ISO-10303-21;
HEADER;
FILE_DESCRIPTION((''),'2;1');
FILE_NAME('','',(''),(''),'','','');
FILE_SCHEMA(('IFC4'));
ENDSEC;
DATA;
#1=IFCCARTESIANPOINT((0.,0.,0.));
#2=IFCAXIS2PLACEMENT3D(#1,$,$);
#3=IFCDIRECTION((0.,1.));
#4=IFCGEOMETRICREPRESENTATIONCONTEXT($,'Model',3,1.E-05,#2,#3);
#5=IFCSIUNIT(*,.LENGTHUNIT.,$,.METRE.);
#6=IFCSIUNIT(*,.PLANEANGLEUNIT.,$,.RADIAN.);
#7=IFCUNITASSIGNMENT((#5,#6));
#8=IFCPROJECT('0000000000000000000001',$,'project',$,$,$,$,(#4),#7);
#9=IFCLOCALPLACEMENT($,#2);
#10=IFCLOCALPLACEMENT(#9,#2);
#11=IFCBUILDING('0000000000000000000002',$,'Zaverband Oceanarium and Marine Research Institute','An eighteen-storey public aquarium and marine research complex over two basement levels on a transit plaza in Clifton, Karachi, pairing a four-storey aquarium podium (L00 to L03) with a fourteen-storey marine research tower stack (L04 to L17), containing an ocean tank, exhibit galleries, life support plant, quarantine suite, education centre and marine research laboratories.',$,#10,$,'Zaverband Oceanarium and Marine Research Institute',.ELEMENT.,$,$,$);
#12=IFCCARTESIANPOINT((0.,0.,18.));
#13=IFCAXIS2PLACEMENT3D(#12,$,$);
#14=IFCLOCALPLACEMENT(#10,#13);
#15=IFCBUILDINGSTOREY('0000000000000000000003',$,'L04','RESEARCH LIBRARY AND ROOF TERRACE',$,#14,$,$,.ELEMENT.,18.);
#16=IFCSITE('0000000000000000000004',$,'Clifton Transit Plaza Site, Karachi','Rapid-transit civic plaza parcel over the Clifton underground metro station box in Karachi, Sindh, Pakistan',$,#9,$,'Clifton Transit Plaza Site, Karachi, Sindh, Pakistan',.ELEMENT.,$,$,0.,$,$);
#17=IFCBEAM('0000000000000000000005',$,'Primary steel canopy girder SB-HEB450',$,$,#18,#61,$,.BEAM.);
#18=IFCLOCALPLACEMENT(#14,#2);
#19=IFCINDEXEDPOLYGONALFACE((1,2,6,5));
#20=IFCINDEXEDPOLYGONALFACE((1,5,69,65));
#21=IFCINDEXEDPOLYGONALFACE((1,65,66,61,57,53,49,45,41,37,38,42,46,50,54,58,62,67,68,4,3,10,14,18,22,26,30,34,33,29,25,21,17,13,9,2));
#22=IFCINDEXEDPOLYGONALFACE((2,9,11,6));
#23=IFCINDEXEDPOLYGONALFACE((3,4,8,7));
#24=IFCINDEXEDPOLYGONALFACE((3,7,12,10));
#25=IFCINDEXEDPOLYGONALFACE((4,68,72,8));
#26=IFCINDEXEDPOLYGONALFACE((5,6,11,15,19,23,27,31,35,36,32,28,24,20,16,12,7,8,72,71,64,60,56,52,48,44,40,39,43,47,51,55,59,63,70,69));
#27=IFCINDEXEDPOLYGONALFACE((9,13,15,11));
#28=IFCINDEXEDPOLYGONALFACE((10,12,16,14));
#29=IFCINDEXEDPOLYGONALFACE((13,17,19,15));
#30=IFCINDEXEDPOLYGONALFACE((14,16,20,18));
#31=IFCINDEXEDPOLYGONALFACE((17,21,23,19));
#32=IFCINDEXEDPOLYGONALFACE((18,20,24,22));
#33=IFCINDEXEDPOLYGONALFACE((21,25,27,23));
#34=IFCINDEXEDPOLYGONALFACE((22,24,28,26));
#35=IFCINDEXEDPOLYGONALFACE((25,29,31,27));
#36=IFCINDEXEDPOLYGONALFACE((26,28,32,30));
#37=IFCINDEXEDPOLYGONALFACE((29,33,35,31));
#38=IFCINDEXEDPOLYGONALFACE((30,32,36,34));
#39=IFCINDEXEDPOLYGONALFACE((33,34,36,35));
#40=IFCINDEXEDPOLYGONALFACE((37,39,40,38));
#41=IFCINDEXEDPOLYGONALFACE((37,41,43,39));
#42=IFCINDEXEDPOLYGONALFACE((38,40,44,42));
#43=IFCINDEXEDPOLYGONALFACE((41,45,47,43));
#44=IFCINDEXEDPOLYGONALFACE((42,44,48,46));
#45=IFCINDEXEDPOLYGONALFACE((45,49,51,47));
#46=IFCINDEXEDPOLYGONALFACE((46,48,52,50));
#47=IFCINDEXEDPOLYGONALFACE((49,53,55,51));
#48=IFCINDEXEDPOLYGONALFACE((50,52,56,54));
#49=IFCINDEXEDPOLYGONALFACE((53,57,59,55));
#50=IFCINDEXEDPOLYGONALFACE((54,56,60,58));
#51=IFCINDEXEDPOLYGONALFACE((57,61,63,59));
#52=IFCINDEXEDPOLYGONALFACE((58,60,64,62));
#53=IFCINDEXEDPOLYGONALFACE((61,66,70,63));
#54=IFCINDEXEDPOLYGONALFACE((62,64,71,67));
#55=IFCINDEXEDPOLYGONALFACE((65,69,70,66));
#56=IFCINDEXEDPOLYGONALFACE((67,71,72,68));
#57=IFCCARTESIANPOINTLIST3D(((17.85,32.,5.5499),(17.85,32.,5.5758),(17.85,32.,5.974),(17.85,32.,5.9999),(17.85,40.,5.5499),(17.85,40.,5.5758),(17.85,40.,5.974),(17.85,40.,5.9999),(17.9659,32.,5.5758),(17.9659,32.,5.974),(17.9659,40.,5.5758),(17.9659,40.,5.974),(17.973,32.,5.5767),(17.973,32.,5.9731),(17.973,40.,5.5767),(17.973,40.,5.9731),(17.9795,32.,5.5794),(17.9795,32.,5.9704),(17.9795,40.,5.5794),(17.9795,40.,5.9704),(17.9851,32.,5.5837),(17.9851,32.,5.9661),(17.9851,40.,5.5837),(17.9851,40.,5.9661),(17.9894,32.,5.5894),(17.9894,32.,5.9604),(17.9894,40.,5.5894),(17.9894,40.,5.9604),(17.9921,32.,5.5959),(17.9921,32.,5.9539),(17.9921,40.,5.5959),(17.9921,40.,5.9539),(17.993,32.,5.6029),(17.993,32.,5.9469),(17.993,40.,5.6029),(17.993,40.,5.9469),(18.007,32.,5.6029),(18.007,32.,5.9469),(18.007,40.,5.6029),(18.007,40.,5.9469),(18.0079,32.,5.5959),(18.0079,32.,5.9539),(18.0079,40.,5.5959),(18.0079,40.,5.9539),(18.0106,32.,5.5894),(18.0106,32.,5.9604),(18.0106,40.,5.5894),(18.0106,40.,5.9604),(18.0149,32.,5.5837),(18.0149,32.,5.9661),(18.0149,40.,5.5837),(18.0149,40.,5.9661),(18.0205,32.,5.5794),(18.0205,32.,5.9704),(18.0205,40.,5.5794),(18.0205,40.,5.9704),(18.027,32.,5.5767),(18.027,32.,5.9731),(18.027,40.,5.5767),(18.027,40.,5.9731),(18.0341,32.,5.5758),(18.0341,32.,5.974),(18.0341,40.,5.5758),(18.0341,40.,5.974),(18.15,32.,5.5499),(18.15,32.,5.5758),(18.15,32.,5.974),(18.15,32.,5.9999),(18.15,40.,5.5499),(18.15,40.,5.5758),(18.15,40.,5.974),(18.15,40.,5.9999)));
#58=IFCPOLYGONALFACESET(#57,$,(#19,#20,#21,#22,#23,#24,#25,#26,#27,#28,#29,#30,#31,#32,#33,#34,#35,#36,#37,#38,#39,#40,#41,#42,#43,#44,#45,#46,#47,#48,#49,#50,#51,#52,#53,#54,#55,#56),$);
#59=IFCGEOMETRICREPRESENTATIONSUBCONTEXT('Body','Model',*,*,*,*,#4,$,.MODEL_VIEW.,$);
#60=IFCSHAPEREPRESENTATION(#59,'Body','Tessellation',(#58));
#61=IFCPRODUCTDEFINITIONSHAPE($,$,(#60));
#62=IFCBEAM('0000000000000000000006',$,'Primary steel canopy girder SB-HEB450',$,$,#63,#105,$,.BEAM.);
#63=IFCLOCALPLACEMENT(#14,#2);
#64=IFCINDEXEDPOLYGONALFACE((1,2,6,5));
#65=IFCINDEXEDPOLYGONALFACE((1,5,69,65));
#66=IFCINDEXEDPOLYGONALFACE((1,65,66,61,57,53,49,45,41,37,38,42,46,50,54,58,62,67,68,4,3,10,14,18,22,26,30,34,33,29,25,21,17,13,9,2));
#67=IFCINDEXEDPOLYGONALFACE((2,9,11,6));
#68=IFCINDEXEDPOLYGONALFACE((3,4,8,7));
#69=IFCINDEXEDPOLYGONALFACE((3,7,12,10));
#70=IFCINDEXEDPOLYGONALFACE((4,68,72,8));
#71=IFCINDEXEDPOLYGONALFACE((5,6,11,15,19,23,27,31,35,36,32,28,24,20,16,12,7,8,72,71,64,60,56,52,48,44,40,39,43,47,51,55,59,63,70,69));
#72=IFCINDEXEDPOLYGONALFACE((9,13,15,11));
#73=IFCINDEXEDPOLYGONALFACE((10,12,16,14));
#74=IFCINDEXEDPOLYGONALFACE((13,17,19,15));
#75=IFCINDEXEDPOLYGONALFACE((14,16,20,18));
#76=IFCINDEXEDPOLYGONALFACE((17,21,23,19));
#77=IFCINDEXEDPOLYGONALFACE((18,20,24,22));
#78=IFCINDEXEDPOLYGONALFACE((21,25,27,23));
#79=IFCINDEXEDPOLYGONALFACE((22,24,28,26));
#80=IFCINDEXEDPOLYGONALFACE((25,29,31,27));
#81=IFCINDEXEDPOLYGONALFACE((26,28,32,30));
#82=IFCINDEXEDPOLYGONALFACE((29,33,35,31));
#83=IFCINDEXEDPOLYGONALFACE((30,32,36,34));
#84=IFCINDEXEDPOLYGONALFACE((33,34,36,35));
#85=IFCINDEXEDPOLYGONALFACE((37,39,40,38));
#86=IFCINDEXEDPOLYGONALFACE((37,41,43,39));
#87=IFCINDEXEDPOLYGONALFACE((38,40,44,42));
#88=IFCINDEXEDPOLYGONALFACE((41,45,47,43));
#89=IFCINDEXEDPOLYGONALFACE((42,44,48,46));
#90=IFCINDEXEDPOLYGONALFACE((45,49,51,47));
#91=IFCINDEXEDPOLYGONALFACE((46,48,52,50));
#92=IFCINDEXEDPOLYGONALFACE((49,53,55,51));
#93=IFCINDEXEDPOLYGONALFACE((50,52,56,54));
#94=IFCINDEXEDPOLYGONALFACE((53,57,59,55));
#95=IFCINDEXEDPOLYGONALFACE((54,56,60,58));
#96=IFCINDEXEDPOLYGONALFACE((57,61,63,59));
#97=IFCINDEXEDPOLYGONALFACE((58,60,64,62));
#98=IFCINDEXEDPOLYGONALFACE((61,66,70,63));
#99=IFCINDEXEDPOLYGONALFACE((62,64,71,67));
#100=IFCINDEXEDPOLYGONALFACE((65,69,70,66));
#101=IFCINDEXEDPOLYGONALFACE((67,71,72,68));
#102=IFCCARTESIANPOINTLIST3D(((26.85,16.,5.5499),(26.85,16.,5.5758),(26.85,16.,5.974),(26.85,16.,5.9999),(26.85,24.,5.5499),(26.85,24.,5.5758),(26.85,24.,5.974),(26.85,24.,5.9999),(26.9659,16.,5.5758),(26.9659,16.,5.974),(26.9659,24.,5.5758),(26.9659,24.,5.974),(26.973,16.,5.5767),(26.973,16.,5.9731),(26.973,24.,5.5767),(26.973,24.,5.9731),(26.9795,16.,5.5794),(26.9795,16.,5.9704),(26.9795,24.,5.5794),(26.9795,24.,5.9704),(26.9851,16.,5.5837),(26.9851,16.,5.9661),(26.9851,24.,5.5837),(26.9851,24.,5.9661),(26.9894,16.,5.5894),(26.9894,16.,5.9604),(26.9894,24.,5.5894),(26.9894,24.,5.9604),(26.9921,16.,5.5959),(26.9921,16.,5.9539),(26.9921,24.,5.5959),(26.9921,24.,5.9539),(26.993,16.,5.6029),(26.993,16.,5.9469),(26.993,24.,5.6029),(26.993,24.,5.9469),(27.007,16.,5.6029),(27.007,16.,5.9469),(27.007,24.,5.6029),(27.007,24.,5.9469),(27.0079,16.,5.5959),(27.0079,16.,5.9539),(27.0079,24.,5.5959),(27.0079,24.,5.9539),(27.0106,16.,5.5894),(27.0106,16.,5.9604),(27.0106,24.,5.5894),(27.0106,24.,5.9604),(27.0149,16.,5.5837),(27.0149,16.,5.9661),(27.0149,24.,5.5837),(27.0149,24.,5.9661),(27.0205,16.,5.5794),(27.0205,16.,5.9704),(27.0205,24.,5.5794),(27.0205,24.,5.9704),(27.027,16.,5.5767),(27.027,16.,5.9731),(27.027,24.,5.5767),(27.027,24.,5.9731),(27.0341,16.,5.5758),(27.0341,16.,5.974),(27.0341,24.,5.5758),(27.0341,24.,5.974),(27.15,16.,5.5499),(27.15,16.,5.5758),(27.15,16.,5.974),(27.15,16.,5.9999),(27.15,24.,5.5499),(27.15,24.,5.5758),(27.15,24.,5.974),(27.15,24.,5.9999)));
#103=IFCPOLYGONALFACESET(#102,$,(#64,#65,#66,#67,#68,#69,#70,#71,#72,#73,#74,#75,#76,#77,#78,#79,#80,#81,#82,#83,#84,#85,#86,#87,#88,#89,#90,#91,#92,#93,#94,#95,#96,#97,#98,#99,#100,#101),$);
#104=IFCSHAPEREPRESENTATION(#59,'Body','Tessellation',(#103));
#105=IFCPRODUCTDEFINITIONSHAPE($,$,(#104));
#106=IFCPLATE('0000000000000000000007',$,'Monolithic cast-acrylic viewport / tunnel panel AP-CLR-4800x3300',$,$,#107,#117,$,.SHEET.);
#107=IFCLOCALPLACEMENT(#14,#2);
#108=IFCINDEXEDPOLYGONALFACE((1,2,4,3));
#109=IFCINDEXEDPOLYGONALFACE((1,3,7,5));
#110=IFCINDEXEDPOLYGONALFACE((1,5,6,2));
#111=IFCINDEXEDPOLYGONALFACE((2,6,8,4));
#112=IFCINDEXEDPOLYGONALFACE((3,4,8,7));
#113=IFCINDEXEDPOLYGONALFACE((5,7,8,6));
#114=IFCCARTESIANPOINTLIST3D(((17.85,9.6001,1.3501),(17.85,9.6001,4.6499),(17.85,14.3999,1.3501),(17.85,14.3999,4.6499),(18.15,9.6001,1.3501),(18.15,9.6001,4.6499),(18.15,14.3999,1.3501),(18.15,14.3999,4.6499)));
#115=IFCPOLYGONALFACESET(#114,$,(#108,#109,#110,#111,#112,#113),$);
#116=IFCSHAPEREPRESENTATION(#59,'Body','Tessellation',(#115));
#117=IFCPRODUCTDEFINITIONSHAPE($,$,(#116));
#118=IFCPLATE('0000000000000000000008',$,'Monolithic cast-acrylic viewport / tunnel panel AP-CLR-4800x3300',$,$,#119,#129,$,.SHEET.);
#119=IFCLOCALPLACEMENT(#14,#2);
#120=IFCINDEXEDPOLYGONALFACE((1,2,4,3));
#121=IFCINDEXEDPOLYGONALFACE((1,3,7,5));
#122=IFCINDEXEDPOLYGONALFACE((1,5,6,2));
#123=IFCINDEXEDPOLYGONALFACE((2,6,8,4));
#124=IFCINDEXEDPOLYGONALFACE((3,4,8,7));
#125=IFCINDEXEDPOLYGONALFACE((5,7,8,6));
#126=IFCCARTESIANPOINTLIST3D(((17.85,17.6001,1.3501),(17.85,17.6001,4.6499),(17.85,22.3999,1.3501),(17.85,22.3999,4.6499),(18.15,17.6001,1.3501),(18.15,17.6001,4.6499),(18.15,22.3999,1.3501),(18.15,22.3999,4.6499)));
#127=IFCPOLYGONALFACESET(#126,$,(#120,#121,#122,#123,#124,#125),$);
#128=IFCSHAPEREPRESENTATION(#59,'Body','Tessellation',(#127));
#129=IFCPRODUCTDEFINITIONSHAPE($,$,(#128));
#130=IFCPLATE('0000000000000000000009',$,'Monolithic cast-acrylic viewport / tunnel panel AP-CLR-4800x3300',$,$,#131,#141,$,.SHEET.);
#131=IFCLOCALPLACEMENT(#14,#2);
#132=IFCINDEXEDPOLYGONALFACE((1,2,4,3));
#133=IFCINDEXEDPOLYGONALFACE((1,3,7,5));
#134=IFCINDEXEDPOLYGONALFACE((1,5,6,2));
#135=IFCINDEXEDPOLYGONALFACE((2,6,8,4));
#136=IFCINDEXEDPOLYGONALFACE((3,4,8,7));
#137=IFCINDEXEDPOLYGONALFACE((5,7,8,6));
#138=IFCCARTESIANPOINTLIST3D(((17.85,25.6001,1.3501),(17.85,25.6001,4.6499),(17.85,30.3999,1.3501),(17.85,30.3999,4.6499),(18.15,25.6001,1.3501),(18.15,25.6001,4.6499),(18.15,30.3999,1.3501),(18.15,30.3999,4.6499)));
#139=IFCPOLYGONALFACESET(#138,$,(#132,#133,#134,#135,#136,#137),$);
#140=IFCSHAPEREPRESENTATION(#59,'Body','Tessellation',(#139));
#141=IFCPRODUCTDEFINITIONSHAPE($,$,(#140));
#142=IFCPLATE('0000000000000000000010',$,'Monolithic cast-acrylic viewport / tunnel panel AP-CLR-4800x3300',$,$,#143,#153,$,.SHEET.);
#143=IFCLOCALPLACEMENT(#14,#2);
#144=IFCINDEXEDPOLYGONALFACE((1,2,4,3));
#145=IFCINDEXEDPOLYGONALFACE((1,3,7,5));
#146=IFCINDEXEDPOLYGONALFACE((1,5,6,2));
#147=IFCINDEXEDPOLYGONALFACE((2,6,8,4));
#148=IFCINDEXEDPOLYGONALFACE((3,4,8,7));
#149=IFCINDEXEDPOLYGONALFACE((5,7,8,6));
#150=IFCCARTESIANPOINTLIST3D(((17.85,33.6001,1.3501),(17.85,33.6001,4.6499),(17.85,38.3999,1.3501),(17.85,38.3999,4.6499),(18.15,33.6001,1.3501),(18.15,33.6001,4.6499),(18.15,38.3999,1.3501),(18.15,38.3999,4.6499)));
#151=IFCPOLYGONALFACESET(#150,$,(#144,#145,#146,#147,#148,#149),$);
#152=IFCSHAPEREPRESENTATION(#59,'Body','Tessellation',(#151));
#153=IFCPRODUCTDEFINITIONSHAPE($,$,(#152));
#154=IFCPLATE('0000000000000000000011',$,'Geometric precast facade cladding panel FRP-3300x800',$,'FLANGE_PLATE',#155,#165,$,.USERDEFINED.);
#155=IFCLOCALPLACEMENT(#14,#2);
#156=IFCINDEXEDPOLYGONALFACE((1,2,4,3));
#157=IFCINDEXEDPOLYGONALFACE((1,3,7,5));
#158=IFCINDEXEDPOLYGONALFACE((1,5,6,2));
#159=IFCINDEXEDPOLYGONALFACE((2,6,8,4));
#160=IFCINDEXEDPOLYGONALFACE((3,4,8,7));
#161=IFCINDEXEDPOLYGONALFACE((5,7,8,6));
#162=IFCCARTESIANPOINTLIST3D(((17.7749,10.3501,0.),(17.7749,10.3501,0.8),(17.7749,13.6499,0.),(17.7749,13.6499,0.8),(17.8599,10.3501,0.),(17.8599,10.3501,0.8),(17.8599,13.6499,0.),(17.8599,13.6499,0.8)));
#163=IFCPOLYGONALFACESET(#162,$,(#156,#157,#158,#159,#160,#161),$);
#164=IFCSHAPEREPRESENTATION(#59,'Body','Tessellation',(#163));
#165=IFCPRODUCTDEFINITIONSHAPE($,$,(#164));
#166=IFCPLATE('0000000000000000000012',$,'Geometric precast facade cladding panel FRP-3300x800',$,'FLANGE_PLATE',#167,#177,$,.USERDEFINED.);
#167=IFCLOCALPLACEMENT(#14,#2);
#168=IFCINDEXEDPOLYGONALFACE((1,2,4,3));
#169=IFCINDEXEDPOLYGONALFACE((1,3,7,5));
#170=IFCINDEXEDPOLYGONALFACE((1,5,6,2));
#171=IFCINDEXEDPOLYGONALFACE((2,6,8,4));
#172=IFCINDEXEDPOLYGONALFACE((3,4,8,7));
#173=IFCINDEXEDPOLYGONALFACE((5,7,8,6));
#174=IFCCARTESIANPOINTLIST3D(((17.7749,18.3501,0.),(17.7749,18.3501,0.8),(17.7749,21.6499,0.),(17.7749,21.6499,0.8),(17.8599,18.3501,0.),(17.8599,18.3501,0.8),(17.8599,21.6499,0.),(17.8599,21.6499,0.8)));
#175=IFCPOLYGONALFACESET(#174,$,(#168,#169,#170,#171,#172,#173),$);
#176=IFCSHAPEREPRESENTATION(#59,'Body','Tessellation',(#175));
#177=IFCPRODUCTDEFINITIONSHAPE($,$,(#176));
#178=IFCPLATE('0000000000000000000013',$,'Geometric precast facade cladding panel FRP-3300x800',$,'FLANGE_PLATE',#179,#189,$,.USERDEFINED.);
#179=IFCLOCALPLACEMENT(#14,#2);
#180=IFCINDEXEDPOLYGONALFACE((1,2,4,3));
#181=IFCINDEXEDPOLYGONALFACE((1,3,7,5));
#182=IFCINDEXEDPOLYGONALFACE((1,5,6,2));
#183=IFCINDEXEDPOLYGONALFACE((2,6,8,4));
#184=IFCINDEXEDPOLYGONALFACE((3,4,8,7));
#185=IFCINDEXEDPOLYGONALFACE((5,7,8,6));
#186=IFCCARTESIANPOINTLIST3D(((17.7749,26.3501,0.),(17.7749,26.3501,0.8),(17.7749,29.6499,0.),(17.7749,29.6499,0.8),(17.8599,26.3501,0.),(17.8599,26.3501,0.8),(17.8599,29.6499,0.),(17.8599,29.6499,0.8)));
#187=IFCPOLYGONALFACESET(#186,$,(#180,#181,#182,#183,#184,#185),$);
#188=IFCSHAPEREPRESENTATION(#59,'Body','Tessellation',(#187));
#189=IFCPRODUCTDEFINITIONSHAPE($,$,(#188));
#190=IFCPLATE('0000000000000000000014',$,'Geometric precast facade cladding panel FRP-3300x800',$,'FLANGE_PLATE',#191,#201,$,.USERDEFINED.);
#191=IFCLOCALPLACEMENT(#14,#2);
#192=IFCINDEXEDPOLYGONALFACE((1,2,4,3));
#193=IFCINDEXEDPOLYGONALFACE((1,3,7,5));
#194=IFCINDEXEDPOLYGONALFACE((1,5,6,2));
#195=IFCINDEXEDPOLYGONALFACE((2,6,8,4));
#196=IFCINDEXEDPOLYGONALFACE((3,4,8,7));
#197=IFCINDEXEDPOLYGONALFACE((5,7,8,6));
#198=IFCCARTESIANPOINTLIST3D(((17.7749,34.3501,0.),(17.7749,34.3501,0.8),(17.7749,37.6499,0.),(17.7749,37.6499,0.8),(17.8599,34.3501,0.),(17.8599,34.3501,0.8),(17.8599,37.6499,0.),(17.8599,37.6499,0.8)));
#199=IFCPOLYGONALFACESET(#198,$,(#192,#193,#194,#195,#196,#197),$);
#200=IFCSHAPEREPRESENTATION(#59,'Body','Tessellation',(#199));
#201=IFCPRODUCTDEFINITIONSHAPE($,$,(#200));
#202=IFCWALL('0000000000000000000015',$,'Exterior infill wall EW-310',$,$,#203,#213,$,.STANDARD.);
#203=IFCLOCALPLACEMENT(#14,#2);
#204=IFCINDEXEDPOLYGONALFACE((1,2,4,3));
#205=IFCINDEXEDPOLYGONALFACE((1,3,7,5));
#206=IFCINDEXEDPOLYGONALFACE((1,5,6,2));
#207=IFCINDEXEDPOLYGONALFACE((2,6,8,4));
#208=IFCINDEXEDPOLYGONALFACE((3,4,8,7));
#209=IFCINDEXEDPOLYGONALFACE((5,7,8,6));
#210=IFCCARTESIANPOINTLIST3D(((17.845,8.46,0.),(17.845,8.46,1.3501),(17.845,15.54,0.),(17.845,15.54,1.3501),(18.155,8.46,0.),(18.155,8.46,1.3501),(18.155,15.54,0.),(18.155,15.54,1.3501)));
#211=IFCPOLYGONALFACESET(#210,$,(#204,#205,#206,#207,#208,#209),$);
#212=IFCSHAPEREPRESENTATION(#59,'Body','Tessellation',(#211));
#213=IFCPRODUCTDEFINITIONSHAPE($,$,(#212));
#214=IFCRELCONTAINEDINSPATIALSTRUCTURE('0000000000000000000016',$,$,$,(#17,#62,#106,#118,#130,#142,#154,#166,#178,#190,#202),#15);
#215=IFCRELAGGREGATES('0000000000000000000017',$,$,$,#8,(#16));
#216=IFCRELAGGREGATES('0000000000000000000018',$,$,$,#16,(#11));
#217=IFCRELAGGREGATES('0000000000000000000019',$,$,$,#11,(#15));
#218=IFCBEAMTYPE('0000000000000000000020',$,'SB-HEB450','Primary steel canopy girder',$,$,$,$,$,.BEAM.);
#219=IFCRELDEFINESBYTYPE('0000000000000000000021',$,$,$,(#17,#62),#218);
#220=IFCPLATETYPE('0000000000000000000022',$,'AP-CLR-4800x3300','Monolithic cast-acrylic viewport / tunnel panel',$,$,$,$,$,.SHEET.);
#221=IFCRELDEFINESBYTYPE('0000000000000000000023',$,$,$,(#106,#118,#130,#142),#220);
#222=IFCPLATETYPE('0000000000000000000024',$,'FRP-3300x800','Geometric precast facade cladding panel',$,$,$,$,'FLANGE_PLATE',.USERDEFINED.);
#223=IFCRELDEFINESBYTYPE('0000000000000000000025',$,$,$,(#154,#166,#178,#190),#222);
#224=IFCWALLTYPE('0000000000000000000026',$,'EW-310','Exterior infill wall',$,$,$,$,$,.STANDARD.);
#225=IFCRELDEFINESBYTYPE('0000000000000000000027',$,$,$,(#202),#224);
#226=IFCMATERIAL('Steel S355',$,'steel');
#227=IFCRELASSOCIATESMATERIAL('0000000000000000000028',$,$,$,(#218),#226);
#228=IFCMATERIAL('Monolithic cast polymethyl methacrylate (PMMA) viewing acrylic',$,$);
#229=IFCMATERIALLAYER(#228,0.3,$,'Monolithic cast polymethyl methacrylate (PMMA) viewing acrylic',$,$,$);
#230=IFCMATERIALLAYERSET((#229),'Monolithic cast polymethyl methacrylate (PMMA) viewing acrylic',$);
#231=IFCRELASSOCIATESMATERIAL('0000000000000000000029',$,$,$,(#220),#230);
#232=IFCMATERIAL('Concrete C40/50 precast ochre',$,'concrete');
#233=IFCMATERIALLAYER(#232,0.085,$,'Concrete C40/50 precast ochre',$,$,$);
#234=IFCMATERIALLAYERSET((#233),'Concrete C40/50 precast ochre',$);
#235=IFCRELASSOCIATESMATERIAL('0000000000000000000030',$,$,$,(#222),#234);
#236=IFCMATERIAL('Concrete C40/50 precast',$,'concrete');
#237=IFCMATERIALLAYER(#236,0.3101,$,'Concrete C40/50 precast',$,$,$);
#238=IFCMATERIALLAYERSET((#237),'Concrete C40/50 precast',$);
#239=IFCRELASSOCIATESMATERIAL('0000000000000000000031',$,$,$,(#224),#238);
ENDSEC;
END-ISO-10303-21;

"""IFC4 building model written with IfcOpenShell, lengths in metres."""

from ifc_helpers import new_model, si_unit, direction, frame, frame_2d, origin, origin_2d, place, context, subcontext, project, spatial, rectangle, i_section, extrude, material, layer, layer_set, material_profile, profile_set, type_object, element, save


model = new_model("IFC4")

# Units and contexts
model_context = context("Model", 3, precision=1e-05, world=origin(), true_north=direction((0.0, 1.0)))
body_context = subcontext(model_context, "Body", "Model", "MODEL_VIEW")
ifc_project = project(units=[si_unit("LENGTHUNIT", "METRE"), si_unit("PLANEANGLEUNIT", "RADIAN")], contexts=[model_context])

# Site, building, storey
site_placement = place(None, origin())
site = spatial("IfcSite", under=ifc_project, at=site_placement, Name="Clifton Transit Plaza Site, Karachi", Description="Rapid-transit civic plaza parcel over the Clifton underground metro station box in Karachi, Sindh, Pakistan", LongName="Clifton Transit Plaza Site, Karachi, Sindh, Pakistan", CompositionType="ELEMENT", RefElevation=0.0)
building_placement = place(site_placement, origin())
building = spatial("IfcBuilding", under=site, at=building_placement, Name="Zaverband Oceanarium and Marine Research Institute", Description="An eighteen-storey public aquarium and marine research complex over two basement levels on a transit plaza in Clifton, Karachi, pairing a four-storey aquarium podium (L00 to L03) with a fourteen-storey marine research tower stack (L04 to L17), containing an ocean tank, exhibit galleries, life support plant, quarantine suite, education centre and marine research laboratories.", LongName="Zaverband Oceanarium and Marine Research Institute", CompositionType="ELEMENT")
storey_placement = place(building_placement, frame((0.0, 0.0, 18.0)))
storey = spatial("IfcBuildingStorey", under=building, at=storey_placement, Name="L04", Description="RESEARCH LIBRARY AND ROOF TERRACE", CompositionType="ELEMENT", Elevation=18.0)

# Beams
ifc_material_1 = material(Name="Steel S355", Category="steel")
ifc_material_profile_1 = material_profile(ifc_material_1, i_section(OverallWidth=0.3, OverallDepth=0.45, WebThickness=0.0139, FlangeThickness=0.0259, FilletRadius=0.0271, at=origin_2d()), Name="HEB450")
ifc_profile_set_1 = profile_set([ifc_material_profile_1], Name="Steel S355")
beam_type = type_object("IfcBeamType", Name="SB-HEB450", Description="Primary steel canopy girder", PredefinedType="BEAM", material=ifc_profile_set_1)
for number, where, z_axis, x_axis, name in (
    (1, (18.0, 32.0, 5.7749), (0.0, 1.0, 0.0), (-1.0, 0.0, 0.0), "Primary steel canopy girder SB-HEB450"),
    (2, (27.0, 16.0, 5.7749), (0.0, 1.0, 0.0), (-1.0, 0.0, 0.0), "Primary steel canopy girder SB-HEB450"),
):
    element("IfcBeam", number, at=place(storey_placement, frame(where, z_axis=z_axis, x_axis=x_axis)), inside=storey, type_object=beam_type, Name=name, PredefinedType="BEAM", context=body_context, shape_type="SweptSolid", body=[
        extrude(i_section(OverallWidth=0.3, OverallDepth=0.45, WebThickness=0.0139, FlangeThickness=0.0259, FilletRadius=0.0271, at=origin_2d()), origin(), (0.0, 0.0, 1.0), 8.0),
    ])

# Plates
ifc_material_2 = material(Name="Monolithic cast polymethyl methacrylate (PMMA) viewing acrylic")
ifc_layer_1 = layer(ifc_material_2, 0.3, Name="Monolithic cast polymethyl methacrylate (PMMA) viewing acrylic")
ifc_layer_set_1 = layer_set([ifc_layer_1], Name="Monolithic cast polymethyl methacrylate (PMMA) viewing acrylic")
plate_type_1 = type_object("IfcPlateType", Name="AP-CLR-4800x3300", Description="Monolithic cast-acrylic viewport / tunnel panel", PredefinedType="SHEET", material=ifc_layer_set_1)
for number, where, z_axis, x_axis, name in (
    (3, (18.0, 9.6001, 1.3501), (0.0, 0.0, 1.0), (0.0, 1.0, 0.0), "Monolithic cast-acrylic viewport / tunnel panel AP-CLR-4800x3300"),
    (4, (18.0, 17.6001, 1.3501), (0.0, 0.0, 1.0), (0.0, 1.0, 0.0), "Monolithic cast-acrylic viewport / tunnel panel AP-CLR-4800x3300"),
    (5, (18.0, 25.6001, 1.3501), (0.0, 0.0, 1.0), (0.0, 1.0, 0.0), "Monolithic cast-acrylic viewport / tunnel panel AP-CLR-4800x3300"),
    (6, (18.0, 33.6001, 1.3501), (0.0, 0.0, 1.0), (0.0, 1.0, 0.0), "Monolithic cast-acrylic viewport / tunnel panel AP-CLR-4800x3300"),
):
    element("IfcPlate", number, at=place(storey_placement, frame(where, z_axis=z_axis, x_axis=x_axis)), inside=storey, type_object=plate_type_1, Name=name, PredefinedType="SHEET", context=body_context, shape_type="SweptSolid", body=[
        extrude(rectangle(XDim=4.7998, YDim=0.3, at=frame_2d((2.3999, 0.0))), origin(), (0.0, 0.0, 1.0), 3.2998),
    ])
ifc_material_3 = material(Name="Concrete C40/50 precast ochre", Category="concrete")
ifc_layer_2 = layer(ifc_material_3, 0.085, Name="Concrete C40/50 precast ochre")
ifc_layer_set_2 = layer_set([ifc_layer_2], Name="Concrete C40/50 precast ochre")
plate_type_2 = type_object("IfcPlateType", Name="FRP-3300x800", Description="Geometric precast facade cladding panel", ElementType="FLANGE_PLATE", PredefinedType="USERDEFINED", material=ifc_layer_set_2)
for number, where, z_axis, x_axis, name in (
    (7, (17.8174, 10.3501, 0.0), (0.0, 0.0, 1.0), (0.0, 1.0, 0.0), "Geometric precast facade cladding panel FRP-3300x800"),
    (8, (17.8174, 18.3501, 0.0), (0.0, 0.0, 1.0), (0.0, 1.0, 0.0), "Geometric precast facade cladding panel FRP-3300x800"),
    (9, (17.8174, 26.3501, 0.0), (0.0, 0.0, 1.0), (0.0, 1.0, 0.0), "Geometric precast facade cladding panel FRP-3300x800"),
    (10, (17.8174, 34.3501, 0.0), (0.0, 0.0, 1.0), (0.0, 1.0, 0.0), "Geometric precast facade cladding panel FRP-3300x800"),
):
    element("IfcPlate", number, at=place(storey_placement, frame(where, z_axis=z_axis, x_axis=x_axis)), inside=storey, type_object=plate_type_2, Name=name, ObjectType="FLANGE_PLATE", PredefinedType="USERDEFINED", context=body_context, shape_type="SweptSolid", body=[
        extrude(rectangle(XDim=3.2998, YDim=0.085, at=frame_2d((1.6499, 0.0))), origin(), (0.0, 0.0, 1.0), 0.8),
    ])

# Wall
ifc_material_4 = material(Name="Concrete C40/50 precast", Category="concrete")
ifc_layer_3 = layer(ifc_material_4, 0.3101, Name="Concrete C40/50 precast")
ifc_layer_set_3 = layer_set([ifc_layer_3], Name="Concrete C40/50 precast")
wall_type_1 = type_object("IfcWallType", Name="EW-310", Description="Exterior infill wall", PredefinedType="STANDARD", material=ifc_layer_set_3)
for number, where, z_axis, x_axis, name in (
    (11, (18.0, 8.46, 0.0), (0.0, 0.0, 1.0), (0.0, 1.0, 0.0), "Exterior infill wall EW-310"),
):
    element("IfcWall", number, at=place(storey_placement, frame(where, z_axis=z_axis, x_axis=x_axis)), inside=storey, type_object=wall_type_1, Name=name, PredefinedType="STANDARD", context=body_context, shape_type="SweptSolid", body=[
        extrude(rectangle(XDim=7.0801, YDim=0.3101, at=frame_2d((3.54, 0.0))), origin(), (0.0, 0.0, 1.0), 1.3501),
    ])

save(model, "model.ifc")
